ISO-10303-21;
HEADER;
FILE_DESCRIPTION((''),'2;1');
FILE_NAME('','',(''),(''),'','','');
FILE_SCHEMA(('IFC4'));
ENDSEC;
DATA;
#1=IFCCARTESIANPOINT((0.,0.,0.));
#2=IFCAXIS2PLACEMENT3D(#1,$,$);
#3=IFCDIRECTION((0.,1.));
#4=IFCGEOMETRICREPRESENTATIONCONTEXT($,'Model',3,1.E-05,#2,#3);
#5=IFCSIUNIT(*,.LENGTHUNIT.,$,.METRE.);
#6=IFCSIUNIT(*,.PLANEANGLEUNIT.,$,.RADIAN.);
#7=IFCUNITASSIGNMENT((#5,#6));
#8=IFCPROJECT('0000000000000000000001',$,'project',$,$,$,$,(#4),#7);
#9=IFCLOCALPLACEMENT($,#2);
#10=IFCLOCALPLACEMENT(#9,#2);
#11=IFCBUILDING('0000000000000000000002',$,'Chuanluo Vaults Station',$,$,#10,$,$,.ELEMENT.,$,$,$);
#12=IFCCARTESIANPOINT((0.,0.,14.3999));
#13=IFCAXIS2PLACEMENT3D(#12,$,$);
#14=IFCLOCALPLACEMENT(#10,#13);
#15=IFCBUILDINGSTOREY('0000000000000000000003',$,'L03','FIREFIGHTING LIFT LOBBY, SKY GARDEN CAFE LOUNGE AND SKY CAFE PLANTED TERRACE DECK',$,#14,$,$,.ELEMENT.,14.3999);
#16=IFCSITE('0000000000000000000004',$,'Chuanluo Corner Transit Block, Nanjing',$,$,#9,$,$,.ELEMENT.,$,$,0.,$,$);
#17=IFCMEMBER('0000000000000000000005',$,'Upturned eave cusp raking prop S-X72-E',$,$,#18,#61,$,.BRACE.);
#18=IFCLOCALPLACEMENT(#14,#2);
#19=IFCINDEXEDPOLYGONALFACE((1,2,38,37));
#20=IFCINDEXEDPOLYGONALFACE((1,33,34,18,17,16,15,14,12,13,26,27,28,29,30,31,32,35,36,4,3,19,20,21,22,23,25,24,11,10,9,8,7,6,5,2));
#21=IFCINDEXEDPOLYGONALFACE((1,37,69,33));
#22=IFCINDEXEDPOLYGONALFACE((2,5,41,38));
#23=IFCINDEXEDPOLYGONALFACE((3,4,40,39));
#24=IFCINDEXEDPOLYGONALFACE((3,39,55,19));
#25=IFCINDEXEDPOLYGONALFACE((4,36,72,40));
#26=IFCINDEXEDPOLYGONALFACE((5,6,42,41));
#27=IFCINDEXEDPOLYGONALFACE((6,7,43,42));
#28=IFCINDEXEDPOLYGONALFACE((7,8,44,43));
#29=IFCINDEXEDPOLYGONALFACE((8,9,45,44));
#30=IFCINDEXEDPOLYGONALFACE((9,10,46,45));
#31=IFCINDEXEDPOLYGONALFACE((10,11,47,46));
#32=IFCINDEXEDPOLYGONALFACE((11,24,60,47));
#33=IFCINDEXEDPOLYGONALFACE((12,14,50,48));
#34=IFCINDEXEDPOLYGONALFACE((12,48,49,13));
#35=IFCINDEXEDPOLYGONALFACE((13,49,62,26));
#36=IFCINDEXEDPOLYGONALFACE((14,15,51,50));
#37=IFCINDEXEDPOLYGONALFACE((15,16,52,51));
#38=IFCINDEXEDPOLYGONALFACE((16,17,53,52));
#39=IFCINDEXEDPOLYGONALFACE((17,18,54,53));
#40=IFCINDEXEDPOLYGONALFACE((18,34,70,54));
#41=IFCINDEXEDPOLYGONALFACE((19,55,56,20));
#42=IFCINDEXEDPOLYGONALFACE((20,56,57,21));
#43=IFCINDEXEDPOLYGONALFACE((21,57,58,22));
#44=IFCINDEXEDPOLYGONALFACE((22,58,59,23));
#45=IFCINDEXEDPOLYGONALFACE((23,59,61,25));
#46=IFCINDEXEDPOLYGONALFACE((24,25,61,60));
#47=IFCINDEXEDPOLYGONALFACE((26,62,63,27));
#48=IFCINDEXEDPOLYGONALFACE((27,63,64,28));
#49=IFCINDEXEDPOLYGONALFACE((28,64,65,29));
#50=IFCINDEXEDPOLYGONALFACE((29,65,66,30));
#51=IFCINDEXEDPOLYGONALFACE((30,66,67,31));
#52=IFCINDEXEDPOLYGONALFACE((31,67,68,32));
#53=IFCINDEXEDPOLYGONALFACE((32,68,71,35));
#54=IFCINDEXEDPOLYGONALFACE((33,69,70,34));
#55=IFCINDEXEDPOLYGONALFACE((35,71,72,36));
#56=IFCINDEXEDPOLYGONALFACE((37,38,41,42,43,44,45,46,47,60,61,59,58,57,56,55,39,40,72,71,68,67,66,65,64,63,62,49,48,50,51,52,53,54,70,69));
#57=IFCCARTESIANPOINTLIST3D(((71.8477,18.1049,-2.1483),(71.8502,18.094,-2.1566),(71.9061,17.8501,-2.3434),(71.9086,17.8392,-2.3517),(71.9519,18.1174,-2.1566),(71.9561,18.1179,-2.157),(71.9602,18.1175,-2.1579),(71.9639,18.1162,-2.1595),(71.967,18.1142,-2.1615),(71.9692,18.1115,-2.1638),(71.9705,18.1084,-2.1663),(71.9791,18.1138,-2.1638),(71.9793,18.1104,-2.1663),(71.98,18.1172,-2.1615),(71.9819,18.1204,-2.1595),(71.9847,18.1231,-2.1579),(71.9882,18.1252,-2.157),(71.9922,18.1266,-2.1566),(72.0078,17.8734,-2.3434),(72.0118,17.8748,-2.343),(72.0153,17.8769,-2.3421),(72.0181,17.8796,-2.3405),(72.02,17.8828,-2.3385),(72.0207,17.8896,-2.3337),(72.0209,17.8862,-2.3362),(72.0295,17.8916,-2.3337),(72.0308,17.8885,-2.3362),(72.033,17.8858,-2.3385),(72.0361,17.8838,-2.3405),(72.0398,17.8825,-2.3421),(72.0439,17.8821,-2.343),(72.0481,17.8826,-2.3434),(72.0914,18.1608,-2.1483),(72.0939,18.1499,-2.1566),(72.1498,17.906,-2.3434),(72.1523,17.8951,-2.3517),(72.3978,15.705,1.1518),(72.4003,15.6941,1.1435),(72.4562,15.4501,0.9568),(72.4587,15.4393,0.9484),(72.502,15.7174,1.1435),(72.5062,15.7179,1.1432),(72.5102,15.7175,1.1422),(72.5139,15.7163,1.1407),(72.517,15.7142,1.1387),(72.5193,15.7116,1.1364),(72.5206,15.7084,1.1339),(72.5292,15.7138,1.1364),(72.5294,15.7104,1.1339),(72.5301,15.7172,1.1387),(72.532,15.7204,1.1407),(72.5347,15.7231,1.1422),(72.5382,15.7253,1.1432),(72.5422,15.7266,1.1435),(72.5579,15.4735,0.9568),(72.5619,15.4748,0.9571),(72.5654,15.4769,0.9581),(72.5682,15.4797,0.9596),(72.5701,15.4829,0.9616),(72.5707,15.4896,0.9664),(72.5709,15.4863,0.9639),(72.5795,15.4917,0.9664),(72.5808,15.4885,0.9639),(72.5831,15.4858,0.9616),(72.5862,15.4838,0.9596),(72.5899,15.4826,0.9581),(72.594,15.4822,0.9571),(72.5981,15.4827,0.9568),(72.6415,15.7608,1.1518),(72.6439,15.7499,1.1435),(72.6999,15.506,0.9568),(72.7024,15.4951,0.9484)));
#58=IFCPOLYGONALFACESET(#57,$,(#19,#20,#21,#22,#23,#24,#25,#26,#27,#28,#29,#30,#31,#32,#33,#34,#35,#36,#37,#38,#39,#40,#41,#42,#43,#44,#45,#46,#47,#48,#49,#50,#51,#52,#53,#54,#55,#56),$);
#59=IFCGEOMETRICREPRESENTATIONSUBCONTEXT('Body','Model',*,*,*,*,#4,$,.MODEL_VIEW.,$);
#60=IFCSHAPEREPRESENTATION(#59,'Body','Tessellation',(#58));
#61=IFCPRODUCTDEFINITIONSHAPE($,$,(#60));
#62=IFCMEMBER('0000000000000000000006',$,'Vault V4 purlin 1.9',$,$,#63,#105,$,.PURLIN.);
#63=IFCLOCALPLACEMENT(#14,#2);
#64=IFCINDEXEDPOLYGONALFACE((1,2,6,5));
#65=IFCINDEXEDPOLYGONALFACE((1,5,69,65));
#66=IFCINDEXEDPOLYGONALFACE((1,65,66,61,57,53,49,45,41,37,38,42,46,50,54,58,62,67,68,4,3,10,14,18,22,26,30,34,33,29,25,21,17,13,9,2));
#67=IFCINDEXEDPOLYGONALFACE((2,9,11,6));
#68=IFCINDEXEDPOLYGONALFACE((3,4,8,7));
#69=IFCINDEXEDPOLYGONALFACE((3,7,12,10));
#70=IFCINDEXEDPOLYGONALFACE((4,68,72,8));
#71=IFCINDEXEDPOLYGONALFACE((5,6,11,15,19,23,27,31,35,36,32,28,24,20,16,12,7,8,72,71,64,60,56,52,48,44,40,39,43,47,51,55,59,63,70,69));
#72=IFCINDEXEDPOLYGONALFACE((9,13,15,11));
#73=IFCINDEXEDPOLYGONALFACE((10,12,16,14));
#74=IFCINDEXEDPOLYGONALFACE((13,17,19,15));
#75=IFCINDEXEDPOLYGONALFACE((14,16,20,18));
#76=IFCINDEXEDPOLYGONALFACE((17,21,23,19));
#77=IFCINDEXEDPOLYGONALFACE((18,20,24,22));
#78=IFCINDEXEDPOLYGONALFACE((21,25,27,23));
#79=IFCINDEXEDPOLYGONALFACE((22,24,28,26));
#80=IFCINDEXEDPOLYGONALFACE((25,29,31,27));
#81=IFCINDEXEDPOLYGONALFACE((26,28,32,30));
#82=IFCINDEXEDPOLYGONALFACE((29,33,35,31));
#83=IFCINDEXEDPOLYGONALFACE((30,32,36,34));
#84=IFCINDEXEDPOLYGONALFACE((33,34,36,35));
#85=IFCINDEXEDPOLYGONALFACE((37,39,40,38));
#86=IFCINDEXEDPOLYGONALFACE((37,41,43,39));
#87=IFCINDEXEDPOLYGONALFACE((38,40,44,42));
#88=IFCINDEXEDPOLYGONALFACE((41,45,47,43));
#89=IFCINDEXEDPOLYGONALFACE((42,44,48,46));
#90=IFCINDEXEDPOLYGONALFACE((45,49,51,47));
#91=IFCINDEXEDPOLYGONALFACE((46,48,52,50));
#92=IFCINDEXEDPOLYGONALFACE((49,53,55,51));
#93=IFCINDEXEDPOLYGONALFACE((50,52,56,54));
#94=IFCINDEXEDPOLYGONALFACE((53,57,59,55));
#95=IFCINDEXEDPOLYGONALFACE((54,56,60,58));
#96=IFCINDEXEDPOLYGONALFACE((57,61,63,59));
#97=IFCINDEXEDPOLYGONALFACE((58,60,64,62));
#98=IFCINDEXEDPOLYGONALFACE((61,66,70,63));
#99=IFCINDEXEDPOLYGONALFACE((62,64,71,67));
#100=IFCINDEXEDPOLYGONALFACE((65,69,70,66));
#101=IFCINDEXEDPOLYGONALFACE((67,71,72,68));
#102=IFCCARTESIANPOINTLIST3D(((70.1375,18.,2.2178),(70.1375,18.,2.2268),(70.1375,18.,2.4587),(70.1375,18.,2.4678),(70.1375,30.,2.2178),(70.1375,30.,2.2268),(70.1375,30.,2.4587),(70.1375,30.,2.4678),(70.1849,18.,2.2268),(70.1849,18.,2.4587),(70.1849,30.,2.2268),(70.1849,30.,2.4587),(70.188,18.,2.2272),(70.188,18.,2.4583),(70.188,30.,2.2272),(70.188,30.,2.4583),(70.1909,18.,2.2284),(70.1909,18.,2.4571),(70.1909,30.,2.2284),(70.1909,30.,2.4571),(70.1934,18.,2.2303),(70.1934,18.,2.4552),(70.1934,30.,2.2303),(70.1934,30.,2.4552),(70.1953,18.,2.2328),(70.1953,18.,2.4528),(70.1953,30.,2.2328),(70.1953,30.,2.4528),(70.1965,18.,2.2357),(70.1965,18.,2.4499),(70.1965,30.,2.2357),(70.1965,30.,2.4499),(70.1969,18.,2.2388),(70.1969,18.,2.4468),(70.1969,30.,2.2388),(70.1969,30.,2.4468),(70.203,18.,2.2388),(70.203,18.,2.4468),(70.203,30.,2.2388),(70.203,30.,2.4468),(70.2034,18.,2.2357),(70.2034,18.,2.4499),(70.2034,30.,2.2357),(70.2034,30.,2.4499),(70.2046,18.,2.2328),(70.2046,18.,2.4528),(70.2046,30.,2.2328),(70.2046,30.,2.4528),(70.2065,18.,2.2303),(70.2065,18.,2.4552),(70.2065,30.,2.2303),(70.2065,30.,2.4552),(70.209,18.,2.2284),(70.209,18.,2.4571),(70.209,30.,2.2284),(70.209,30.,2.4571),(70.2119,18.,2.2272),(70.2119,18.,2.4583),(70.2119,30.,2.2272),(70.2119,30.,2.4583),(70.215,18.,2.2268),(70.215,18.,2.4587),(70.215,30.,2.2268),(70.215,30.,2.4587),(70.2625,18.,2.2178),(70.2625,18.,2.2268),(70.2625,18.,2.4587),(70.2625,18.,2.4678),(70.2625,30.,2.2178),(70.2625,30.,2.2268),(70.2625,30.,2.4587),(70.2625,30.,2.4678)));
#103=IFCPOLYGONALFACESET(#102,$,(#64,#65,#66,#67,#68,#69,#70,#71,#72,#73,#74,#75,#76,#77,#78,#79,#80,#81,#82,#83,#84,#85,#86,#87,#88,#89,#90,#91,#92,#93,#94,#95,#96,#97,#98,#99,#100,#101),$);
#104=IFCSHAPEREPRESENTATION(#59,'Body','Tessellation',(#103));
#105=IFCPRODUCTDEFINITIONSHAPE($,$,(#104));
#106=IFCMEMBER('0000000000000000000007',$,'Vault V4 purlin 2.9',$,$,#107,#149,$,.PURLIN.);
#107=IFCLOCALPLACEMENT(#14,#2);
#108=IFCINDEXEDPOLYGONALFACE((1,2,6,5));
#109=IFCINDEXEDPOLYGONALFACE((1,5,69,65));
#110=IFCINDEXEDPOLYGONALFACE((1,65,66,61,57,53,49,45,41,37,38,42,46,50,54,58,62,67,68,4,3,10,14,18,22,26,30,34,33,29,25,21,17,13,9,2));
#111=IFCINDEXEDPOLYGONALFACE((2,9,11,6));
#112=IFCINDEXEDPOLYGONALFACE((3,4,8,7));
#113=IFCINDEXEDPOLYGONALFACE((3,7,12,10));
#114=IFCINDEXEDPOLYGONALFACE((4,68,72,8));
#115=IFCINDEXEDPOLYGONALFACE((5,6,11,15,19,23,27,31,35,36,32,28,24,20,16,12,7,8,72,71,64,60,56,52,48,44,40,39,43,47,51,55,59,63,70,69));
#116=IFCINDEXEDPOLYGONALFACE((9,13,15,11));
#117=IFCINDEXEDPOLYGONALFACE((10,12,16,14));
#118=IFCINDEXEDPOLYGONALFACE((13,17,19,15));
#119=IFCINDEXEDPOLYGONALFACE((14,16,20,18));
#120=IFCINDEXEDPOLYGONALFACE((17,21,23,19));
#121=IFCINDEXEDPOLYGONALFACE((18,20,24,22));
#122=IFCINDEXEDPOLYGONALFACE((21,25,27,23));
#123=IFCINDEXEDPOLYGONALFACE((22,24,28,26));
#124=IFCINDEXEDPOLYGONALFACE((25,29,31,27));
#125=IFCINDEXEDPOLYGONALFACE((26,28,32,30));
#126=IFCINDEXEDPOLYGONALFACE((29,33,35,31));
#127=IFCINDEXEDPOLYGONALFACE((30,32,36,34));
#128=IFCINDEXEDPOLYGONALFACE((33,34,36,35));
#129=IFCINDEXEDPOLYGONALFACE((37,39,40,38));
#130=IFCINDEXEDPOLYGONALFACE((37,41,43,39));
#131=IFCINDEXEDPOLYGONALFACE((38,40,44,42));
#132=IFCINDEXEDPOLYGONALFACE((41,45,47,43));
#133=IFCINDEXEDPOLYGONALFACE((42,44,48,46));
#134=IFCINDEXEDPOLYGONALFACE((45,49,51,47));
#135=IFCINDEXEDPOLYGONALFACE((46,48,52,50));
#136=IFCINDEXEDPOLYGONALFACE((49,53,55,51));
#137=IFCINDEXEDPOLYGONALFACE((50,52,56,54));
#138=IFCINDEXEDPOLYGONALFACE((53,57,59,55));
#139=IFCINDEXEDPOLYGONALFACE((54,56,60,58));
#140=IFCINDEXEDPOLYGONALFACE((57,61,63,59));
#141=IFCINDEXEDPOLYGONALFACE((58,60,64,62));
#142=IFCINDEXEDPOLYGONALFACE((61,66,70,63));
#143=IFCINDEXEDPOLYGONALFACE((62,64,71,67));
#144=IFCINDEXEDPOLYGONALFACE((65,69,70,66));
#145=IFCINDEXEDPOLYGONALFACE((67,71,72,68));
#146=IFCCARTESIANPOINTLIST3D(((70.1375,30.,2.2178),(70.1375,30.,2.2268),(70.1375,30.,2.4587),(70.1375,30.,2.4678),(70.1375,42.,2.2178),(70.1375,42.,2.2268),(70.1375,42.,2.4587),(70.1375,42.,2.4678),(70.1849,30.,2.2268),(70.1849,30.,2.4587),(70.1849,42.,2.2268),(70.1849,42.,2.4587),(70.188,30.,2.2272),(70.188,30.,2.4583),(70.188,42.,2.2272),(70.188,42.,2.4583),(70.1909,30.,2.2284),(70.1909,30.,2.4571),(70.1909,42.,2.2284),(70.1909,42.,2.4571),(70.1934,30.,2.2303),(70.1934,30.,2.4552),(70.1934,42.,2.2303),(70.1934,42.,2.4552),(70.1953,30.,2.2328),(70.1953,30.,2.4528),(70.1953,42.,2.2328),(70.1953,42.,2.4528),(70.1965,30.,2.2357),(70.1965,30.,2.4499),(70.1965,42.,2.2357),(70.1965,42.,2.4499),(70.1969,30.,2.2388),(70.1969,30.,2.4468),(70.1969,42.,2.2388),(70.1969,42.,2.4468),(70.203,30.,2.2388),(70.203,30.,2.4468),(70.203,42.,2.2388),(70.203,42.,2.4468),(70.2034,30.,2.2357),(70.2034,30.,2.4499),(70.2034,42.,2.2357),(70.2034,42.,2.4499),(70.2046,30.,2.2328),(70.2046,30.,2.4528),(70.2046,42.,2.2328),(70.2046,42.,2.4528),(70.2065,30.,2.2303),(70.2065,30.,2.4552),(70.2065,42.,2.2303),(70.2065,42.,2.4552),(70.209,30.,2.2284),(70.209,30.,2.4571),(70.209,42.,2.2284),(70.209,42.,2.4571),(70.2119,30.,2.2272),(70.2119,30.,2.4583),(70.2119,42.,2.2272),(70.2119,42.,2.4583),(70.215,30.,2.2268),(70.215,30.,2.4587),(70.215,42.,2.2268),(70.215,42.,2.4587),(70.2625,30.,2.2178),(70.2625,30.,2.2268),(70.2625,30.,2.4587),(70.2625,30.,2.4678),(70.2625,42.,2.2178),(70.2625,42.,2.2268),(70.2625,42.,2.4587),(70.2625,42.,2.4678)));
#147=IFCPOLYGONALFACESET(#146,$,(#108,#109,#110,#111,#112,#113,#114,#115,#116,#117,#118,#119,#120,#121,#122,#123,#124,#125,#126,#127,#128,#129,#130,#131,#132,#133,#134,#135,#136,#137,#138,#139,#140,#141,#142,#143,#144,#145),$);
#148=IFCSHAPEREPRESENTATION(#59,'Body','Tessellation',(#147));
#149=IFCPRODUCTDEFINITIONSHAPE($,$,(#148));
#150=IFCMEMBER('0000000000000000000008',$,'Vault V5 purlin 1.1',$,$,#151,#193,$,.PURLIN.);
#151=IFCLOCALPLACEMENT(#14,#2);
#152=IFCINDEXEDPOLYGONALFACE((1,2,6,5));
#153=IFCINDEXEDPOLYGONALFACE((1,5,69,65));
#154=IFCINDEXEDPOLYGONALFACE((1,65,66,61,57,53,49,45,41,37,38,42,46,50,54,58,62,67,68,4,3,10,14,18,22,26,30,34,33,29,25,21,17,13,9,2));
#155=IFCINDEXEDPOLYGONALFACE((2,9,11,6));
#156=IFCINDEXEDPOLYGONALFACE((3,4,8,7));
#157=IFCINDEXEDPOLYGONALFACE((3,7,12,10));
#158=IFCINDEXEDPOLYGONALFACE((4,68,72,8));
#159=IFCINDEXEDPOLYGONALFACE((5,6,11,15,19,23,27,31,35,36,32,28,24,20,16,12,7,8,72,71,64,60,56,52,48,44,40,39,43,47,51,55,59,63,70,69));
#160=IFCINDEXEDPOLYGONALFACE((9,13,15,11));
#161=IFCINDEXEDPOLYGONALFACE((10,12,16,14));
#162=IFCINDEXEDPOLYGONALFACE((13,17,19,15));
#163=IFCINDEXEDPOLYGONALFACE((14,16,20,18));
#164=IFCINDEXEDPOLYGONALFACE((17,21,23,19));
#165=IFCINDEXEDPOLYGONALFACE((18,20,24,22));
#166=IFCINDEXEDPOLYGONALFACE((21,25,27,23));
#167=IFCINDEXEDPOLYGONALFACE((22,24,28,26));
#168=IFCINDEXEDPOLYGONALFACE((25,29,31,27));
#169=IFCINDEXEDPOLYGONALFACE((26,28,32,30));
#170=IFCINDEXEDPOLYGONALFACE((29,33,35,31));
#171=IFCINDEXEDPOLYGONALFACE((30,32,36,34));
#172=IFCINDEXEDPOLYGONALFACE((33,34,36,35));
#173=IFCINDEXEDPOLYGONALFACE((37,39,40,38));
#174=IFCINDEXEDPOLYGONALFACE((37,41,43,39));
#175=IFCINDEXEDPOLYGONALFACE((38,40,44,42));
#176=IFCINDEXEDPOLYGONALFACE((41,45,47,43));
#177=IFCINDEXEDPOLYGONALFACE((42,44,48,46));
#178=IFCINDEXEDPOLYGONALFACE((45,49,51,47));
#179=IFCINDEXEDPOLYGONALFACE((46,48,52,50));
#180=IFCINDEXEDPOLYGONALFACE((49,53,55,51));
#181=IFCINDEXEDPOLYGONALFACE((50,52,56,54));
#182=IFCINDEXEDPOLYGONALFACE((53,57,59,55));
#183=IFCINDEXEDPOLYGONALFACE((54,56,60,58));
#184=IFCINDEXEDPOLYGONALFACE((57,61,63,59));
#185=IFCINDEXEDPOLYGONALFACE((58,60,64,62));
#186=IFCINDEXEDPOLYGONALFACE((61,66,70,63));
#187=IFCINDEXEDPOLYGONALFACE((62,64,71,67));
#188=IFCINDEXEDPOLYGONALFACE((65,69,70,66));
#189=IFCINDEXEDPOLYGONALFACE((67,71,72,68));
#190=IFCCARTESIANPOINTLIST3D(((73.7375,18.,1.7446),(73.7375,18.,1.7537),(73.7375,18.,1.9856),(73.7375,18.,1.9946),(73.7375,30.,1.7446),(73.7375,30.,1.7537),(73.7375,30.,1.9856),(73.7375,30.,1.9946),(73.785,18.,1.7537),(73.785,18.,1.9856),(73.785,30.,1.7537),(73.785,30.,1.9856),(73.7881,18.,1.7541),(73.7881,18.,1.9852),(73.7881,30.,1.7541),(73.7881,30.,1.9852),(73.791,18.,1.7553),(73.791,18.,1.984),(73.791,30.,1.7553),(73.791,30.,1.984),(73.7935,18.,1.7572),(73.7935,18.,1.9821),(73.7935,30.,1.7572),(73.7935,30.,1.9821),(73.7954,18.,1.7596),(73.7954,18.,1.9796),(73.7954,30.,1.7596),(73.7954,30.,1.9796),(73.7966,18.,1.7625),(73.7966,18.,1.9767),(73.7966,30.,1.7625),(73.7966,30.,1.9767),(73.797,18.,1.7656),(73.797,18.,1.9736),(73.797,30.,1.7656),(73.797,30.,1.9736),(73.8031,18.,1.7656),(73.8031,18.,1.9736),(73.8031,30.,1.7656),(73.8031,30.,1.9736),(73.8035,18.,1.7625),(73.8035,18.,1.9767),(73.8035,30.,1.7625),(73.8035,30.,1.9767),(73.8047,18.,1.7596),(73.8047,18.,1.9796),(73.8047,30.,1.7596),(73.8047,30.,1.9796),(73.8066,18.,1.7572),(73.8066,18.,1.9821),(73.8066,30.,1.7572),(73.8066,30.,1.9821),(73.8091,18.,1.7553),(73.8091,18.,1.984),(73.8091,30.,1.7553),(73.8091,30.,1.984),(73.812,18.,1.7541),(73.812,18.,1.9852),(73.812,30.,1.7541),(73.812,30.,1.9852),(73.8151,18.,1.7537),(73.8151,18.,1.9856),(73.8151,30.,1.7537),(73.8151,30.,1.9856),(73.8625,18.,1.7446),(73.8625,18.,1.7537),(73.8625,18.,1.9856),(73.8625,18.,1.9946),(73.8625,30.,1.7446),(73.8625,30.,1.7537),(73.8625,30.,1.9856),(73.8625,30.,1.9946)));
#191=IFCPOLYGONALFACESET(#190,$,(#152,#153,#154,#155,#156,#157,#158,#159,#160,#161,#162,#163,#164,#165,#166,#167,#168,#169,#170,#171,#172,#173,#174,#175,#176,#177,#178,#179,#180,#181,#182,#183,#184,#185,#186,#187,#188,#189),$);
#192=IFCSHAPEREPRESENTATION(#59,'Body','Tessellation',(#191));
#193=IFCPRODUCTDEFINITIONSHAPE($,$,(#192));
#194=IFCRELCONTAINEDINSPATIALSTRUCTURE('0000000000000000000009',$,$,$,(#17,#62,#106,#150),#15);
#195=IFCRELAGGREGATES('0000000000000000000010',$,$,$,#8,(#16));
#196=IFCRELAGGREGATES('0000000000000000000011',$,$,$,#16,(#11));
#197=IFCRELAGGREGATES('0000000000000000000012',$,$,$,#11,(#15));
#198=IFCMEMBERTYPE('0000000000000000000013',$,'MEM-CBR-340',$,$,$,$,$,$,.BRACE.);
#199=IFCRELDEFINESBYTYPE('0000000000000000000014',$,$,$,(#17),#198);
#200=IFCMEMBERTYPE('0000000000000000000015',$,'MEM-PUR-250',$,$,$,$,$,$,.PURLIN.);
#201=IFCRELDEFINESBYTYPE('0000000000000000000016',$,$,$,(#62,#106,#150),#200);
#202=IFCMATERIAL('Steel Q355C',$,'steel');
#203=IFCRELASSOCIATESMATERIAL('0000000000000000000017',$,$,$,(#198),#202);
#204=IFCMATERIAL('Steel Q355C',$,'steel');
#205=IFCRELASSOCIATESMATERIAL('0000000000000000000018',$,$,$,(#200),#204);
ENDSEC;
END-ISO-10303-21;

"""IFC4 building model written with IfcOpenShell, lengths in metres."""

from ifc_helpers import new_model, si_unit, direction, frame, origin, origin_2d, place, context, subcontext, project, spatial, i_section, extrude, material, material_profile, profile_set, type_object, element, save


model = new_model("IFC4")

# Units and contexts
model_context = context("Model", 3, precision=1e-05, world=origin(), true_north=direction((0.0, 1.0)))
body_context = subcontext(model_context, "Body", "Model", "MODEL_VIEW")
ifc_project = project(units=[si_unit("LENGTHUNIT", "METRE"), si_unit("PLANEANGLEUNIT", "RADIAN")], contexts=[model_context])

# Site, building, storey
site_placement = place(None, origin())
site = spatial("IfcSite", under=ifc_project, at=site_placement, Name="Chuanluo Corner Transit Block, Nanjing", CompositionType="ELEMENT", RefElevation=0.0)
building_placement = place(site_placement, origin())
building = spatial("IfcBuilding", under=site, at=building_placement, Name="Chuanluo Vaults Station", CompositionType="ELEMENT")
storey_placement = place(building_placement, frame((0.0, 0.0, 14.3999)))
storey = spatial("IfcBuildingStorey", under=building, at=storey_placement, Name="L03", Description="FIREFIGHTING LIFT LOBBY, SKY GARDEN CAFE LOUNGE AND SKY CAFE PLANTED TERRACE DECK", CompositionType="ELEMENT", Elevation=14.3999)

# Members
ifc_material_1 = material(Name="Steel Q355C", Category="steel")
ifc_material_profile_1 = material_profile(ifc_material_1, i_section(OverallWidth=0.25, OverallDepth=0.3401, WebThickness=0.009, FlangeThickness=0.0139, FilletRadius=0.0161, at=origin_2d()))
ifc_profile_set_1 = profile_set([ifc_material_profile_1], Name="Steel Q355C")
member_type_1 = type_object("IfcMemberType", Name="MEM-CBR-340", PredefinedType="BRACE", material=ifc_profile_set_1)
for number, where, z_axis, x_axis, name in (
    (1, (72.0, 18.0, -2.25), (0.133594, -0.582878, 0.801502), (0.974726, 0.223404, 0.0), "Upturned eave cusp raking prop S-X72-E"),
):
    element("IfcMember", number, at=place(storey_placement, frame(where, z_axis=z_axis, x_axis=x_axis)), inside=storey, type_object=member_type_1, Name=name, PredefinedType="BRACE", context=body_context, shape_type="SweptSolid", body=[
        extrude(i_section(OverallWidth=0.25, OverallDepth=0.3401, WebThickness=0.009, FlangeThickness=0.0139, FilletRadius=0.0161, at=origin_2d()), origin(), (0.0, 0.0, 1.0), 4.1174),
    ])
ifc_material_2 = material(Name="Steel Q355C", Category="steel")
ifc_material_profile_2 = material_profile(ifc_material_2, i_section(OverallWidth=0.125, OverallDepth=0.25, WebThickness=0.0061, FlangeThickness=0.009, FilletRadius=0.012, at=origin_2d()))
ifc_profile_set_2 = profile_set([ifc_material_profile_2], Name="Steel Q355C")
member_type_2 = type_object("IfcMemberType", Name="MEM-PUR-250", PredefinedType="PURLIN", material=ifc_profile_set_2)
for number, where, z_axis, x_axis, name in (
    (2, (70.2, 18.0, 2.3428), (0.0, 1.0, 0.0), (-1.0, 0.0, 0.0), "Vault V4 purlin 1.9"),
    (3, (70.2, 30.0, 2.3428), (0.0, 1.0, 0.0), (-1.0, 0.0, 0.0), "Vault V4 purlin 2.9"),
    (4, (73.8, 18.0, 1.8696), (0.0, 1.0, 0.0), (-1.0, 0.0, 0.0), "Vault V5 purlin 1.1"),
):
    element("IfcMember", number, at=place(storey_placement, frame(where, z_axis=z_axis, x_axis=x_axis)), inside=storey, type_object=member_type_2, Name=name, PredefinedType="PURLIN", context=body_context, shape_type="SweptSolid", body=[
        extrude(i_section(OverallWidth=0.125, OverallDepth=0.25, WebThickness=0.0061, FlangeThickness=0.009, FilletRadius=0.012, at=origin_2d()), origin(), (0.0, 0.0, 1.0), 12.0),
    ])

save(model, "model.ifc")
